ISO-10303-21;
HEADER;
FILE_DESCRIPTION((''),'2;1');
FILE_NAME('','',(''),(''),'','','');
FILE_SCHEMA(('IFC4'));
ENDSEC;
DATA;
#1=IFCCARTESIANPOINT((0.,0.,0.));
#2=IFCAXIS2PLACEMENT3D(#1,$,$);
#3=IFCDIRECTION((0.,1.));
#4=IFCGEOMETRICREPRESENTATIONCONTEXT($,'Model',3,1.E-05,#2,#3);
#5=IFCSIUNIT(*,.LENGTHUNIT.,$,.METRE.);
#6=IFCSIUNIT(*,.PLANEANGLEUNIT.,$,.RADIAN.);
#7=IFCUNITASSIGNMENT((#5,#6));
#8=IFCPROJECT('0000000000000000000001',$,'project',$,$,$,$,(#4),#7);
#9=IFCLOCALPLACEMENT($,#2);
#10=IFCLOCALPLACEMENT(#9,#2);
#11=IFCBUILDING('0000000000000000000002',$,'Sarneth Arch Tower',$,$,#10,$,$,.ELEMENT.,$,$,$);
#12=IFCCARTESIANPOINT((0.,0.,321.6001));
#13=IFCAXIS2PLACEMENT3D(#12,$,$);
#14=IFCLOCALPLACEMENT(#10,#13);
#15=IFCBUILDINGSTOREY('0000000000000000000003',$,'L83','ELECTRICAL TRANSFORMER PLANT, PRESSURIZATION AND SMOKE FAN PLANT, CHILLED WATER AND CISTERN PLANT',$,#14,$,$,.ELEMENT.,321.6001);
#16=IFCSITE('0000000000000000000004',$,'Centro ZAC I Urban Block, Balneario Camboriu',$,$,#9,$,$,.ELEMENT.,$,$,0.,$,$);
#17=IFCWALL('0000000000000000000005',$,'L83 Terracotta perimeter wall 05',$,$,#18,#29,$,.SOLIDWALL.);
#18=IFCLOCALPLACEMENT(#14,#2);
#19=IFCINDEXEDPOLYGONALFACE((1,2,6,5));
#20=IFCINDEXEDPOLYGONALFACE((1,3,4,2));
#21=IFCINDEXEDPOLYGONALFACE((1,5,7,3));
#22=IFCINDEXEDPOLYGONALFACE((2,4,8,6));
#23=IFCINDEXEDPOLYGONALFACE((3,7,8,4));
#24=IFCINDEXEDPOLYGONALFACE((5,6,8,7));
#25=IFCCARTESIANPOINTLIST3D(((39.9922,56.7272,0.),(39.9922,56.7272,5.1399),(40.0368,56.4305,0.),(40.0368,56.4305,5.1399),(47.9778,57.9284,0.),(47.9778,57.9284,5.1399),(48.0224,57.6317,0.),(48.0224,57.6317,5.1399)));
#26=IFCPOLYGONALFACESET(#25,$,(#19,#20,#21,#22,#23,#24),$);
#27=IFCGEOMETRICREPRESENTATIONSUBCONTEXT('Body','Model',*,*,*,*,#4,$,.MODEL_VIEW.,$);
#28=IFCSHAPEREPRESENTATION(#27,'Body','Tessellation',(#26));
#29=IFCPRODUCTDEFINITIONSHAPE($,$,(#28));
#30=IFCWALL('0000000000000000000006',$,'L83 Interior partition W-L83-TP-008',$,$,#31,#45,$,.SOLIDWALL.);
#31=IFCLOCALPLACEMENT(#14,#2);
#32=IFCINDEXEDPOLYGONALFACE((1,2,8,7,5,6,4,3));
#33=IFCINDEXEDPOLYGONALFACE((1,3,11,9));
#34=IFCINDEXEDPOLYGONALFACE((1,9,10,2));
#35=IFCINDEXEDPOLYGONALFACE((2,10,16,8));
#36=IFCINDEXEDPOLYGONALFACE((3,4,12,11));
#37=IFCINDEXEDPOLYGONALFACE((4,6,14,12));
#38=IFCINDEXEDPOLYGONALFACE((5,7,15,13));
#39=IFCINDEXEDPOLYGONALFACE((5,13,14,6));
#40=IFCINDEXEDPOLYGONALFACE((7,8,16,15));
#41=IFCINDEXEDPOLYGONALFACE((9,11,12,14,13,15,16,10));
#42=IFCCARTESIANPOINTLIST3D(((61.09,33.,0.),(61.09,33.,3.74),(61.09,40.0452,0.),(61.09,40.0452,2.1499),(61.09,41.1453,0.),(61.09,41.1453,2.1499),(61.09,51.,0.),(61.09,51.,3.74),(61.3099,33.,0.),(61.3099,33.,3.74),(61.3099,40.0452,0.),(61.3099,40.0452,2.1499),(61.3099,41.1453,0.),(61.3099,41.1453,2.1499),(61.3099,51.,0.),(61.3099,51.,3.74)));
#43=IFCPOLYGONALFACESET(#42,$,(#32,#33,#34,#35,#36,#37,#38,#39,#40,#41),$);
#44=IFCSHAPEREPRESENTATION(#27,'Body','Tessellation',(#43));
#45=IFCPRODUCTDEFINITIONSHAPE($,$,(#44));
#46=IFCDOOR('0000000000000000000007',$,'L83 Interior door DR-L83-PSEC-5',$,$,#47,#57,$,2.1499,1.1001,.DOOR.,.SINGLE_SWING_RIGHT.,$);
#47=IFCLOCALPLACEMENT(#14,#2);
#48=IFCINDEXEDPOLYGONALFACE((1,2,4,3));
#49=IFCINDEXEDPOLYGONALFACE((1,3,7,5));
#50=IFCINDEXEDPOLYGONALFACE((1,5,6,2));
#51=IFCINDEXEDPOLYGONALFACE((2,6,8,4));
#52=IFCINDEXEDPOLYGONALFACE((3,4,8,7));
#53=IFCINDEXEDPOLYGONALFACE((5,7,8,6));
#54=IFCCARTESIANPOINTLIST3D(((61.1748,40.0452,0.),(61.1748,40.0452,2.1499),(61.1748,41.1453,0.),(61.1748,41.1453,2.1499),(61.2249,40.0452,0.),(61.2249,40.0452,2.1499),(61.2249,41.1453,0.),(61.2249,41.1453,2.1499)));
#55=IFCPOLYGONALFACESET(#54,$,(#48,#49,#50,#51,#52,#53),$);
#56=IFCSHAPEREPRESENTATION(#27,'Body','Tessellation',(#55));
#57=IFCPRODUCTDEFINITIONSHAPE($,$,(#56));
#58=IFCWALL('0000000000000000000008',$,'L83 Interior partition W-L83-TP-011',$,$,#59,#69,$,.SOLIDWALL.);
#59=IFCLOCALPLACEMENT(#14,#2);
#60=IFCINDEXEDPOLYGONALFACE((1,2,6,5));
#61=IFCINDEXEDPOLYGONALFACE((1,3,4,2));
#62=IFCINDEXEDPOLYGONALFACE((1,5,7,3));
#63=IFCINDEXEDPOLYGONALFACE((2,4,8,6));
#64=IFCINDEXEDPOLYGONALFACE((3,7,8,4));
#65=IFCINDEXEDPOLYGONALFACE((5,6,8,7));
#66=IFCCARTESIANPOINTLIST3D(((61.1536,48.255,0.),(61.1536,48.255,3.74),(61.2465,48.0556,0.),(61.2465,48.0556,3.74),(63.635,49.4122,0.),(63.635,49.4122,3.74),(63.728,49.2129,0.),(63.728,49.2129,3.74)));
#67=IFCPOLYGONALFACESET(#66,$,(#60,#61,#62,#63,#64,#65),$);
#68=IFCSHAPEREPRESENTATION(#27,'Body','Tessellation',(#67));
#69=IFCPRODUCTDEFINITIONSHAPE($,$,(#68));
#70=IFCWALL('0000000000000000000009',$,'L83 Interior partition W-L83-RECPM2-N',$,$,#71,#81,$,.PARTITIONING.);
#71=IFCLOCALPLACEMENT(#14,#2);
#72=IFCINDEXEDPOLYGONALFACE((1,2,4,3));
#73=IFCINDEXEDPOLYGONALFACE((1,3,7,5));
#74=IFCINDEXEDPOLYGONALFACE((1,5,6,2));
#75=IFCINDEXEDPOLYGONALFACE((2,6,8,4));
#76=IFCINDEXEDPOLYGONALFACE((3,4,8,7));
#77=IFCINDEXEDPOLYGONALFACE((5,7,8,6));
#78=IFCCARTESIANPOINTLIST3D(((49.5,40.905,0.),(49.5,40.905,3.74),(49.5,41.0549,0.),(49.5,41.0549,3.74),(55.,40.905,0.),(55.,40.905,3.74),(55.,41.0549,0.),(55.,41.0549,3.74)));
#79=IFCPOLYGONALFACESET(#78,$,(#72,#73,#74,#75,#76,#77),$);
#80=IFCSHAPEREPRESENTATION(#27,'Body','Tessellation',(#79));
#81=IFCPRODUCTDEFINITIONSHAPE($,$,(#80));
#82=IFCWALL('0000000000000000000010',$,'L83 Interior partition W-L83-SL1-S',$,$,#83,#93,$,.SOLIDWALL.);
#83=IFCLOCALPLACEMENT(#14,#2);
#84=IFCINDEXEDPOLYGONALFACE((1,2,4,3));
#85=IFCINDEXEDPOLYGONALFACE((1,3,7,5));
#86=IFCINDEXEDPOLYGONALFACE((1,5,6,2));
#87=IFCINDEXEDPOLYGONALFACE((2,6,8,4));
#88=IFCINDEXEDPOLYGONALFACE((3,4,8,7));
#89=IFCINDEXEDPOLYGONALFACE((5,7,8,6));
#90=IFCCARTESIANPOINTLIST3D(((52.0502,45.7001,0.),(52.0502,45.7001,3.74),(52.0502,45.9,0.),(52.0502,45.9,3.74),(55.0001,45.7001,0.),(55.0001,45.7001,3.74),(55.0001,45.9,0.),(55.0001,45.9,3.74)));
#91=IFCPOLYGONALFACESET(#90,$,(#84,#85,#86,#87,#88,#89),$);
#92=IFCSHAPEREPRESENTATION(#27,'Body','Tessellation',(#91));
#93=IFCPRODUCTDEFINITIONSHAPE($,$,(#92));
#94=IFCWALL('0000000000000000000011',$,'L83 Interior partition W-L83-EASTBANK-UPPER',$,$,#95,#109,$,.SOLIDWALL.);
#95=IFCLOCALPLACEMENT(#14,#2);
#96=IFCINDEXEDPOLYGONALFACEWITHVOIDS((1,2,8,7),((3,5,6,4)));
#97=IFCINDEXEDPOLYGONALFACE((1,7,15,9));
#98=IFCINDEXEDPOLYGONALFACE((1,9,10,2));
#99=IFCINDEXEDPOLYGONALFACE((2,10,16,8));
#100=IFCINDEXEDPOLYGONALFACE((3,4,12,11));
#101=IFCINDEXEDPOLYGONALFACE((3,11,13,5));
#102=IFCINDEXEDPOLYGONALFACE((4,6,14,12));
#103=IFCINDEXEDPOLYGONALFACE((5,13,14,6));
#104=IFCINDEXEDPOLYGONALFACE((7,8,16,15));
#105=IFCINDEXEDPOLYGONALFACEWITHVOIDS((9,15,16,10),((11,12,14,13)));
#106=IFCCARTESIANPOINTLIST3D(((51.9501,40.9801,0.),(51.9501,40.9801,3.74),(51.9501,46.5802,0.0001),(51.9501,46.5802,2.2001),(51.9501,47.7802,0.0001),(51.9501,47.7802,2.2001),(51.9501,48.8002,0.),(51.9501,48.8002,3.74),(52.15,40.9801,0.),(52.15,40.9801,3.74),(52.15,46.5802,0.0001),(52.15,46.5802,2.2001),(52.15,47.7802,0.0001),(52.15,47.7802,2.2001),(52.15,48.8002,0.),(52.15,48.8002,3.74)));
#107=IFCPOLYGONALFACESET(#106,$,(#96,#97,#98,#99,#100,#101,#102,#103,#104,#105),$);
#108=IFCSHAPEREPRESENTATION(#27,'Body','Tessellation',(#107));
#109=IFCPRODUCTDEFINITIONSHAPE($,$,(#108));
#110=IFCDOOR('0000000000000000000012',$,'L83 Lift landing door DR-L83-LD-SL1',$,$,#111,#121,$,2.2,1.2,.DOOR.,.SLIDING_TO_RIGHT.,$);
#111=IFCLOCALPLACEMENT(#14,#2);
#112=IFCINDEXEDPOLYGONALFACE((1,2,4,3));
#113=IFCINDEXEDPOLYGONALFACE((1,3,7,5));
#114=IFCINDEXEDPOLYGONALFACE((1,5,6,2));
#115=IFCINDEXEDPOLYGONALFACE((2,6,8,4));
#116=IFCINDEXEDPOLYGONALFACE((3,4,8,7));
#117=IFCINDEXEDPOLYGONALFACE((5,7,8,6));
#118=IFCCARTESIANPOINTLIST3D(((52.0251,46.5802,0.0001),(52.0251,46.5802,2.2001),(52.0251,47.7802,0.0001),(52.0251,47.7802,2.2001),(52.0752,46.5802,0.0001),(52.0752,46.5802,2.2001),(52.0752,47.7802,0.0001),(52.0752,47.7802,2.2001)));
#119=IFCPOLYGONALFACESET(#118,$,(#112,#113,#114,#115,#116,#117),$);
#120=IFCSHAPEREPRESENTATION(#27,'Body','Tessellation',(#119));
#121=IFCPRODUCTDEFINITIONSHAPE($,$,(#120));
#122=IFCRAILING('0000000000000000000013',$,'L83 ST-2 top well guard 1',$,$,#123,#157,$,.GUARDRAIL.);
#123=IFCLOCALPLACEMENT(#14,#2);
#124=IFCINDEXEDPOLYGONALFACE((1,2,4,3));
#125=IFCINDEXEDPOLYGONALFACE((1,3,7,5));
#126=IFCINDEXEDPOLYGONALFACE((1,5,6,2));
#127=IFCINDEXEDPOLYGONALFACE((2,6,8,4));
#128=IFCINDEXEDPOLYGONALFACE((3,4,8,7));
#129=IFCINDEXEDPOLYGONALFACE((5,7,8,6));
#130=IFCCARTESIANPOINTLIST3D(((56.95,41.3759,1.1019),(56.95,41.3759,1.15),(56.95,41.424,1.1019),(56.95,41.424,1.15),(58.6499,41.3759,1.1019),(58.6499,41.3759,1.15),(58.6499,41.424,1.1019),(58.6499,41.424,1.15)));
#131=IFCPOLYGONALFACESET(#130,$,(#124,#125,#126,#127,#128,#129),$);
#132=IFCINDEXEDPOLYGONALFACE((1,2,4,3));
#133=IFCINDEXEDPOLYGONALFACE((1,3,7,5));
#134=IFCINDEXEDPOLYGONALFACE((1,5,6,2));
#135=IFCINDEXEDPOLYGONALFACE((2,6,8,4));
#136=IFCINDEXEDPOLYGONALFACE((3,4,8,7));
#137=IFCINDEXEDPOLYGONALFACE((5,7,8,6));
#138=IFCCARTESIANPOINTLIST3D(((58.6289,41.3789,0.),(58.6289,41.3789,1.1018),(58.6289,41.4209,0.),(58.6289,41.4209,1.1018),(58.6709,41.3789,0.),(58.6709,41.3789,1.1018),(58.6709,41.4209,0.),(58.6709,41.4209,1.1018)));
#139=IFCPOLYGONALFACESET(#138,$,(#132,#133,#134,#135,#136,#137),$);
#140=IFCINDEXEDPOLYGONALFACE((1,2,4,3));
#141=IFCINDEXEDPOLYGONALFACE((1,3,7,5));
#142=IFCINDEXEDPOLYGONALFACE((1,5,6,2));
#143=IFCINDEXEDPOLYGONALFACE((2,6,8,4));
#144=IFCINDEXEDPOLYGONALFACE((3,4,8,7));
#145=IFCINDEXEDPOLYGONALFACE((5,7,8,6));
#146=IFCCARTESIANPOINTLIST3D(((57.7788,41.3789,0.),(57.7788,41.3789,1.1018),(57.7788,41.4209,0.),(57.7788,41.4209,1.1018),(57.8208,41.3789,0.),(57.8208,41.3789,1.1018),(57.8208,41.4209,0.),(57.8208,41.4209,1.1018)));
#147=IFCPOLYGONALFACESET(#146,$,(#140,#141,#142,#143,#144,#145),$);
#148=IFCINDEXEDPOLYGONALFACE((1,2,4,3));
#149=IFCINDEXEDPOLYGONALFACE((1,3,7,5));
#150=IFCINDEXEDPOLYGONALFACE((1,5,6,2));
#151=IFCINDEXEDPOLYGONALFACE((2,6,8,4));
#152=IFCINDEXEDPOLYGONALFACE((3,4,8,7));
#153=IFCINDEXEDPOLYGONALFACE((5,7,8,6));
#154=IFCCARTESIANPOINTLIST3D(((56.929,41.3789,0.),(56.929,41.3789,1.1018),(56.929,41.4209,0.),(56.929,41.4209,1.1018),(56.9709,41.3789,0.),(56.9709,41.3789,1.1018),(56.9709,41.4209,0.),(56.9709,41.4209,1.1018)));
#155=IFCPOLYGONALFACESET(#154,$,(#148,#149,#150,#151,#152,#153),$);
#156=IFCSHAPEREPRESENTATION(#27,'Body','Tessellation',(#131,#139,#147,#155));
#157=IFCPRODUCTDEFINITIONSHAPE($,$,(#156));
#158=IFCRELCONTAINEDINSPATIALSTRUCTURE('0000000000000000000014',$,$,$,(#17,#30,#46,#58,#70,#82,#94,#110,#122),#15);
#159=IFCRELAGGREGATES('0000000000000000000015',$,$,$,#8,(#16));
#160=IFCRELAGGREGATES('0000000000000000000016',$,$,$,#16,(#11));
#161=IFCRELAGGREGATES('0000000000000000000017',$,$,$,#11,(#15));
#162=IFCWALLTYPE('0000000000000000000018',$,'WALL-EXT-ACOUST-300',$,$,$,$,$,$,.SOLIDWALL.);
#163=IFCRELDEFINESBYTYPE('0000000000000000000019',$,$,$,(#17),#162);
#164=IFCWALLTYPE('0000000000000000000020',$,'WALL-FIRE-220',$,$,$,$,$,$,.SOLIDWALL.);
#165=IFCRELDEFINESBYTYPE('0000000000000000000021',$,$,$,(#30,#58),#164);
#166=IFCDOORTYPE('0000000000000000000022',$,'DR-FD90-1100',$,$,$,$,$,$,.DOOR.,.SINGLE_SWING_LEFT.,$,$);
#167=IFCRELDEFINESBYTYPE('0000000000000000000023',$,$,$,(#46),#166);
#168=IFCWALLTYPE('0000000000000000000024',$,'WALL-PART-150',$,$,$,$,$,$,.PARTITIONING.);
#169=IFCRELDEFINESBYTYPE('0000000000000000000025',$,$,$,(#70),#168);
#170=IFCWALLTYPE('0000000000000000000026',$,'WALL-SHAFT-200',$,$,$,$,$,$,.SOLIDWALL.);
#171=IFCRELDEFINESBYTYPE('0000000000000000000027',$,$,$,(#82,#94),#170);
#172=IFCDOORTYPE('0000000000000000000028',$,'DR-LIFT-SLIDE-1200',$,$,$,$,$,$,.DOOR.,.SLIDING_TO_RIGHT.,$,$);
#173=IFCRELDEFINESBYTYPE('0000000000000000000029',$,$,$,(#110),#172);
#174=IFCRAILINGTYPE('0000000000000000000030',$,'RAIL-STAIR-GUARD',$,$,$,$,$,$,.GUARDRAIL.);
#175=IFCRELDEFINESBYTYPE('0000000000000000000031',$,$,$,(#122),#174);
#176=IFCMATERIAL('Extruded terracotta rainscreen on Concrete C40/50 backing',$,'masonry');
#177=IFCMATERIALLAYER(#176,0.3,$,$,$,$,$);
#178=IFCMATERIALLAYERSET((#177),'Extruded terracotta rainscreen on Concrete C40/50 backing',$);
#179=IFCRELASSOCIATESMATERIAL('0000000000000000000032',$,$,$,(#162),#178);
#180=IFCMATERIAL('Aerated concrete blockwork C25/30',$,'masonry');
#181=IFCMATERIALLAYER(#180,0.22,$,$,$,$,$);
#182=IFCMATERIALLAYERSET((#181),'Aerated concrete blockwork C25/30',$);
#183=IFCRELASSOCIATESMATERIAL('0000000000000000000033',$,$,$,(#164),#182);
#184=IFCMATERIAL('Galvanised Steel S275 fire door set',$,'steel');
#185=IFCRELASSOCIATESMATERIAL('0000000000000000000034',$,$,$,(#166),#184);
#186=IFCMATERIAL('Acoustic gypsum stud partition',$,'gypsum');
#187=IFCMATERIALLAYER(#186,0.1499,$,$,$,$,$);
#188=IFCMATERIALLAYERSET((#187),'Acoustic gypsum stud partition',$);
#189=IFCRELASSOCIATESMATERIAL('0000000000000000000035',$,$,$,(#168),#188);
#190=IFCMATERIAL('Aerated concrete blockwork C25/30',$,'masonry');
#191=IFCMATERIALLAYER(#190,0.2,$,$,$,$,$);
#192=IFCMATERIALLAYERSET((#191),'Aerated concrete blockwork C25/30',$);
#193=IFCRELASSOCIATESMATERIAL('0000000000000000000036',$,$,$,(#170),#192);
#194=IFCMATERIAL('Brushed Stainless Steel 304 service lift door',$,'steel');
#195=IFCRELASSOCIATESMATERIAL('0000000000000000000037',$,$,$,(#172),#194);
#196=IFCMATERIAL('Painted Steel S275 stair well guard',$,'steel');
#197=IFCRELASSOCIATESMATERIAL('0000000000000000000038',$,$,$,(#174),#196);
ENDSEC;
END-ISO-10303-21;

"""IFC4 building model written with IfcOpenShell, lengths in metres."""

from ifc_helpers import new_model, si_unit, direction, frame, frame_2d, origin, origin_2d, place, context, subcontext, project, spatial, rectangle, extrude, material, layer, layer_set, type_object, element, fill, save


model = new_model("IFC4")

# Units and contexts
model_context = context("Model", 3, precision=1e-05, world=origin(), true_north=direction((0.0, 1.0)))
body_context = subcontext(model_context, "Body", "Model", "MODEL_VIEW")
ifc_project = project(units=[si_unit("LENGTHUNIT", "METRE"), si_unit("PLANEANGLEUNIT", "RADIAN")], contexts=[model_context])

# Site, building, storey
site_placement = place(None, origin())
site = spatial("IfcSite", under=ifc_project, at=site_placement, Name="Centro ZAC I Urban Block, Balneario Camboriu", CompositionType="ELEMENT", RefElevation=0.0)
building_placement = place(site_placement, origin())
building = spatial("IfcBuilding", under=site, at=building_placement, Name="Sarneth Arch Tower", CompositionType="ELEMENT")
storey_placement = place(building_placement, frame((0.0, 0.0, 321.6001)))
storey = spatial("IfcBuildingStorey", under=building, at=storey_placement, Name="L83", Description="ELECTRICAL TRANSFORMER PLANT, PRESSURIZATION AND SMOKE FAN PLANT, CHILLED WATER AND CISTERN PLANT", CompositionType="ELEMENT", Elevation=321.6001)

# Wall
ifc_material_1 = material(Name="Extruded terracotta rainscreen on Concrete C40/50 backing", Category="masonry")
ifc_layer_1 = layer(ifc_material_1, 0.3)
ifc_layer_set_1 = layer_set([ifc_layer_1], Name="Extruded terracotta rainscreen on Concrete C40/50 backing")
wall_type_1 = type_object("IfcWallType", Name="WALL-EXT-ACOUST-300", PredefinedType="SOLIDWALL", material=ifc_layer_set_1)
for number, where, z_axis, x_axis, name in (
    (1, (48.0, 57.78, 0.0), (0.0, 0.0, 1.0), (-0.988876, -0.148744, 0.0), "L83 Terracotta perimeter wall 05"),
):
    element("IfcWall", number, at=place(storey_placement, frame(where, z_axis=z_axis, x_axis=x_axis)), inside=storey, type_object=wall_type_1, Name=name, PredefinedType="SOLIDWALL", context=body_context, shape_type="SweptSolid", body=[
        extrude(rectangle(XDim=8.0754, YDim=0.3, at=frame_2d((4.0376, 0.0))), origin(), (0.0, 0.0, 1.0), 5.1399),
    ])

# Wall, opening, door
ifc_material_2 = material(Name="Aerated concrete blockwork C25/30", Category="masonry")
ifc_layer_2 = layer(ifc_material_2, 0.22)
ifc_layer_set_2 = layer_set([ifc_layer_2], Name="Aerated concrete blockwork C25/30")
wall_type_2 = type_object("IfcWallType", Name="WALL-FIRE-220", PredefinedType="SOLIDWALL", material=ifc_layer_set_2)
wall_1_placement = place(storey_placement, frame((61.2, 51.0, 0.0), z_axis=(0.0, 0.0, 1.0), x_axis=(0.0, -1.0, 0.0)))
wall_1 = element("IfcWall", 2, at=wall_1_placement, inside=storey, type_object=wall_type_2, Name="L83 Interior partition W-L83-TP-008", PredefinedType="SOLIDWALL", context=body_context, shape_type="SweptSolid", body=[
    extrude(rectangle(XDim=18.0, YDim=0.22, at=frame_2d((9.0, 0.0))), origin(), (0.0, 0.0, 1.0), 3.74),
])
opening_1_placement = place(wall_1_placement, frame((9.8547, 0.0, 0.0)))
opening_1 = element("IfcOpeningElement", 3, at=opening_1_placement, cuts=wall_1, PredefinedType="OPENING", context=body_context, shape_type="SweptSolid", body=[
    extrude(rectangle(XDim=1.1001, YDim=2.1499, at=frame_2d((0.55, 1.075))), frame((0.0, 0.1199, 0.0), z_axis=(0.0, -1.0, 0.0), x_axis=(1.0, 0.0, 0.0)), (0.0, 0.0, 1.0), 0.24),
])
ifc_material_3 = material(Name="Galvanised Steel S275 fire door set", Category="steel")
door_type_1 = type_object("IfcDoorType", Name="DR-FD90-1100", OperationType="SINGLE_SWING_LEFT", PredefinedType="DOOR", material=ifc_material_3)
door_1_placement = place(opening_1_placement, origin())
door_1 = element("IfcDoor", 4, at=door_1_placement, inside=storey, type_object=door_type_1, Name="L83 Interior door DR-L83-PSEC-5", OperationType="SINGLE_SWING_RIGHT", OverallHeight=2.1499, OverallWidth=1.1001, PredefinedType="DOOR", context=body_context, shape_type="SweptSolid", body=[
    extrude(rectangle(XDim=1.1001, YDim=2.1499, at=frame_2d((0.55, 1.075))), frame((0.0, 0.0249, 0.0), z_axis=(0.0, -1.0, 0.0), x_axis=(1.0, 0.0, 0.0)), (0.0, 0.0, 1.0), 0.05),
])
fill(opening_1, door_1)

# Walls
wall_2_placement = place(storey_placement, frame((61.2, 48.1553, 0.0), z_axis=(0.0, 0.0, 1.0), x_axis=(0.906292, 0.422651, 0.0)))
element("IfcWall", 5, at=wall_2_placement, inside=storey, type_object=wall_type_2, Name="L83 Interior partition W-L83-TP-011", PredefinedType="SOLIDWALL", context=body_context, shape_type="SweptSolid", body=[
    extrude(rectangle(XDim=2.738, YDim=0.22, at=frame_2d((1.3691, 0.0))), origin(), (0.0, 0.0, 1.0), 3.74),
])
ifc_material_4 = material(Name="Acoustic gypsum stud partition", Category="gypsum")
ifc_layer_3 = layer(ifc_material_4, 0.1499)
ifc_layer_set_3 = layer_set([ifc_layer_3], Name="Acoustic gypsum stud partition")
wall_type_3 = type_object("IfcWallType", Name="WALL-PART-150", PredefinedType="PARTITIONING", material=ifc_layer_set_3)
wall_3_placement = place(storey_placement, frame((49.5, 40.98, 0.0), z_axis=(0.0, 0.0, 1.0), x_axis=(1.0, 0.0, 0.0)))
element("IfcWall", 6, at=wall_3_placement, inside=storey, type_object=wall_type_3, Name="L83 Interior partition W-L83-RECPM2-N", PredefinedType="PARTITIONING", context=body_context, shape_type="SweptSolid", body=[
    extrude(rectangle(XDim=5.5, YDim=0.1499, at=frame_2d((2.75, 0.0))), origin(), (0.0, 0.0, 1.0), 3.74),
])
ifc_material_5 = material(Name="Aerated concrete blockwork C25/30", Category="masonry")
ifc_layer_4 = layer(ifc_material_5, 0.2)
ifc_layer_set_4 = layer_set([ifc_layer_4], Name="Aerated concrete blockwork C25/30")
wall_type_4 = type_object("IfcWallType", Name="WALL-SHAFT-200", PredefinedType="SOLIDWALL", material=ifc_layer_set_4)
wall_4_placement = place(storey_placement, frame((52.05, 45.8, 0.0), z_axis=(0.0, 0.0, 1.0), x_axis=(1.0, 0.0, 0.0)))
element("IfcWall", 7, at=wall_4_placement, inside=storey, type_object=wall_type_4, Name="L83 Interior partition W-L83-SL1-S", PredefinedType="SOLIDWALL", context=body_context, shape_type="SweptSolid", body=[
    extrude(rectangle(XDim=2.95, YDim=0.2, at=frame_2d((1.4751, 0.0))), origin(), (0.0, 0.0, 1.0), 3.74),
])

# Wall, opening, door
wall_5_placement = place(storey_placement, frame((52.05, 40.98, 0.0), z_axis=(0.0, 0.0, 1.0), x_axis=(0.0, 1.0, 0.0)))
wall_5 = element("IfcWall", 8, at=wall_5_placement, inside=storey, type_object=wall_type_4, Name="L83 Interior partition W-L83-EASTBANK-UPPER", PredefinedType="SOLIDWALL", context=body_context, shape_type="SweptSolid", body=[
    extrude(rectangle(XDim=7.8201, YDim=0.2, at=frame_2d((3.9102, 0.0))), origin(), (0.0, 0.0, 1.0), 3.74),
])
opening_2_placement = place(wall_5_placement, frame((5.6001, 0.0, 0.0)))
opening_2 = element("IfcOpeningElement", 9, at=opening_2_placement, cuts=wall_5, PredefinedType="OPENING", context=body_context, shape_type="SweptSolid", body=[
    extrude(rectangle(XDim=1.2, YDim=2.2, at=frame_2d((0.6001, 1.1001))), frame((0.0, 0.1099, 0.0), z_axis=(0.0, -1.0, 0.0), x_axis=(1.0, 0.0, 0.0)), (0.0, 0.0, 1.0), 0.22),
])
ifc_material_6 = material(Name="Brushed Stainless Steel 304 service lift door", Category="steel")
door_type_2 = type_object("IfcDoorType", Name="DR-LIFT-SLIDE-1200", OperationType="SLIDING_TO_RIGHT", PredefinedType="DOOR", material=ifc_material_6)
door_2_placement = place(opening_2_placement, origin())
door_2 = element("IfcDoor", 10, at=door_2_placement, inside=storey, type_object=door_type_2, Name="L83 Lift landing door DR-L83-LD-SL1", OperationType="SLIDING_TO_RIGHT", OverallHeight=2.2, OverallWidth=1.2, PredefinedType="DOOR", context=body_context, shape_type="SweptSolid", body=[
    extrude(rectangle(XDim=1.2, YDim=2.2, at=frame_2d((0.6001, 1.1001))), frame((0.0, 0.0249, 0.0), z_axis=(0.0, -1.0, 0.0), x_axis=(1.0, 0.0, 0.0)), (0.0, 0.0, 1.0), 0.05),
])
fill(opening_2, door_2)

# Railing
ifc_material_7 = material(Name="Painted Steel S275 stair well guard", Category="steel")
railing_type = type_object("IfcRailingType", Name="RAIL-STAIR-GUARD", PredefinedType="GUARDRAIL", material=ifc_material_7)
railing_placement = place(storey_placement, frame((58.6499, 41.3999, 0.0)))
element("IfcRailing", 11, at=railing_placement, inside=storey, type_object=railing_type, Name="L83 ST-2 top well guard 1", PredefinedType="GUARDRAIL", context=body_context, shape_type="SweptSolid", body=[
    extrude(rectangle(XDim=0.0481, YDim=0.0481, at=origin_2d()), frame((0.0, 0.0, 1.126), z_axis=(-1.0, 0.0, 0.0), x_axis=(0.0, -1.0, 0.0)), (0.0, 0.0, 1.0), 1.7),
    extrude(rectangle(XDim=0.042, YDim=0.042, at=origin_2d()), origin(), (0.0, 0.0, 1.0), 1.1018),
    extrude(rectangle(XDim=0.042, YDim=0.042, at=origin_2d()), frame((-0.8501, 0.0, 0.0)), (0.0, 0.0, 1.0), 1.1018),
    extrude(rectangle(XDim=0.042, YDim=0.042, at=origin_2d()), frame((-1.7, 0.0, 0.0)), (0.0, 0.0, 1.0), 1.1018),
])

save(model, "model.ifc")
